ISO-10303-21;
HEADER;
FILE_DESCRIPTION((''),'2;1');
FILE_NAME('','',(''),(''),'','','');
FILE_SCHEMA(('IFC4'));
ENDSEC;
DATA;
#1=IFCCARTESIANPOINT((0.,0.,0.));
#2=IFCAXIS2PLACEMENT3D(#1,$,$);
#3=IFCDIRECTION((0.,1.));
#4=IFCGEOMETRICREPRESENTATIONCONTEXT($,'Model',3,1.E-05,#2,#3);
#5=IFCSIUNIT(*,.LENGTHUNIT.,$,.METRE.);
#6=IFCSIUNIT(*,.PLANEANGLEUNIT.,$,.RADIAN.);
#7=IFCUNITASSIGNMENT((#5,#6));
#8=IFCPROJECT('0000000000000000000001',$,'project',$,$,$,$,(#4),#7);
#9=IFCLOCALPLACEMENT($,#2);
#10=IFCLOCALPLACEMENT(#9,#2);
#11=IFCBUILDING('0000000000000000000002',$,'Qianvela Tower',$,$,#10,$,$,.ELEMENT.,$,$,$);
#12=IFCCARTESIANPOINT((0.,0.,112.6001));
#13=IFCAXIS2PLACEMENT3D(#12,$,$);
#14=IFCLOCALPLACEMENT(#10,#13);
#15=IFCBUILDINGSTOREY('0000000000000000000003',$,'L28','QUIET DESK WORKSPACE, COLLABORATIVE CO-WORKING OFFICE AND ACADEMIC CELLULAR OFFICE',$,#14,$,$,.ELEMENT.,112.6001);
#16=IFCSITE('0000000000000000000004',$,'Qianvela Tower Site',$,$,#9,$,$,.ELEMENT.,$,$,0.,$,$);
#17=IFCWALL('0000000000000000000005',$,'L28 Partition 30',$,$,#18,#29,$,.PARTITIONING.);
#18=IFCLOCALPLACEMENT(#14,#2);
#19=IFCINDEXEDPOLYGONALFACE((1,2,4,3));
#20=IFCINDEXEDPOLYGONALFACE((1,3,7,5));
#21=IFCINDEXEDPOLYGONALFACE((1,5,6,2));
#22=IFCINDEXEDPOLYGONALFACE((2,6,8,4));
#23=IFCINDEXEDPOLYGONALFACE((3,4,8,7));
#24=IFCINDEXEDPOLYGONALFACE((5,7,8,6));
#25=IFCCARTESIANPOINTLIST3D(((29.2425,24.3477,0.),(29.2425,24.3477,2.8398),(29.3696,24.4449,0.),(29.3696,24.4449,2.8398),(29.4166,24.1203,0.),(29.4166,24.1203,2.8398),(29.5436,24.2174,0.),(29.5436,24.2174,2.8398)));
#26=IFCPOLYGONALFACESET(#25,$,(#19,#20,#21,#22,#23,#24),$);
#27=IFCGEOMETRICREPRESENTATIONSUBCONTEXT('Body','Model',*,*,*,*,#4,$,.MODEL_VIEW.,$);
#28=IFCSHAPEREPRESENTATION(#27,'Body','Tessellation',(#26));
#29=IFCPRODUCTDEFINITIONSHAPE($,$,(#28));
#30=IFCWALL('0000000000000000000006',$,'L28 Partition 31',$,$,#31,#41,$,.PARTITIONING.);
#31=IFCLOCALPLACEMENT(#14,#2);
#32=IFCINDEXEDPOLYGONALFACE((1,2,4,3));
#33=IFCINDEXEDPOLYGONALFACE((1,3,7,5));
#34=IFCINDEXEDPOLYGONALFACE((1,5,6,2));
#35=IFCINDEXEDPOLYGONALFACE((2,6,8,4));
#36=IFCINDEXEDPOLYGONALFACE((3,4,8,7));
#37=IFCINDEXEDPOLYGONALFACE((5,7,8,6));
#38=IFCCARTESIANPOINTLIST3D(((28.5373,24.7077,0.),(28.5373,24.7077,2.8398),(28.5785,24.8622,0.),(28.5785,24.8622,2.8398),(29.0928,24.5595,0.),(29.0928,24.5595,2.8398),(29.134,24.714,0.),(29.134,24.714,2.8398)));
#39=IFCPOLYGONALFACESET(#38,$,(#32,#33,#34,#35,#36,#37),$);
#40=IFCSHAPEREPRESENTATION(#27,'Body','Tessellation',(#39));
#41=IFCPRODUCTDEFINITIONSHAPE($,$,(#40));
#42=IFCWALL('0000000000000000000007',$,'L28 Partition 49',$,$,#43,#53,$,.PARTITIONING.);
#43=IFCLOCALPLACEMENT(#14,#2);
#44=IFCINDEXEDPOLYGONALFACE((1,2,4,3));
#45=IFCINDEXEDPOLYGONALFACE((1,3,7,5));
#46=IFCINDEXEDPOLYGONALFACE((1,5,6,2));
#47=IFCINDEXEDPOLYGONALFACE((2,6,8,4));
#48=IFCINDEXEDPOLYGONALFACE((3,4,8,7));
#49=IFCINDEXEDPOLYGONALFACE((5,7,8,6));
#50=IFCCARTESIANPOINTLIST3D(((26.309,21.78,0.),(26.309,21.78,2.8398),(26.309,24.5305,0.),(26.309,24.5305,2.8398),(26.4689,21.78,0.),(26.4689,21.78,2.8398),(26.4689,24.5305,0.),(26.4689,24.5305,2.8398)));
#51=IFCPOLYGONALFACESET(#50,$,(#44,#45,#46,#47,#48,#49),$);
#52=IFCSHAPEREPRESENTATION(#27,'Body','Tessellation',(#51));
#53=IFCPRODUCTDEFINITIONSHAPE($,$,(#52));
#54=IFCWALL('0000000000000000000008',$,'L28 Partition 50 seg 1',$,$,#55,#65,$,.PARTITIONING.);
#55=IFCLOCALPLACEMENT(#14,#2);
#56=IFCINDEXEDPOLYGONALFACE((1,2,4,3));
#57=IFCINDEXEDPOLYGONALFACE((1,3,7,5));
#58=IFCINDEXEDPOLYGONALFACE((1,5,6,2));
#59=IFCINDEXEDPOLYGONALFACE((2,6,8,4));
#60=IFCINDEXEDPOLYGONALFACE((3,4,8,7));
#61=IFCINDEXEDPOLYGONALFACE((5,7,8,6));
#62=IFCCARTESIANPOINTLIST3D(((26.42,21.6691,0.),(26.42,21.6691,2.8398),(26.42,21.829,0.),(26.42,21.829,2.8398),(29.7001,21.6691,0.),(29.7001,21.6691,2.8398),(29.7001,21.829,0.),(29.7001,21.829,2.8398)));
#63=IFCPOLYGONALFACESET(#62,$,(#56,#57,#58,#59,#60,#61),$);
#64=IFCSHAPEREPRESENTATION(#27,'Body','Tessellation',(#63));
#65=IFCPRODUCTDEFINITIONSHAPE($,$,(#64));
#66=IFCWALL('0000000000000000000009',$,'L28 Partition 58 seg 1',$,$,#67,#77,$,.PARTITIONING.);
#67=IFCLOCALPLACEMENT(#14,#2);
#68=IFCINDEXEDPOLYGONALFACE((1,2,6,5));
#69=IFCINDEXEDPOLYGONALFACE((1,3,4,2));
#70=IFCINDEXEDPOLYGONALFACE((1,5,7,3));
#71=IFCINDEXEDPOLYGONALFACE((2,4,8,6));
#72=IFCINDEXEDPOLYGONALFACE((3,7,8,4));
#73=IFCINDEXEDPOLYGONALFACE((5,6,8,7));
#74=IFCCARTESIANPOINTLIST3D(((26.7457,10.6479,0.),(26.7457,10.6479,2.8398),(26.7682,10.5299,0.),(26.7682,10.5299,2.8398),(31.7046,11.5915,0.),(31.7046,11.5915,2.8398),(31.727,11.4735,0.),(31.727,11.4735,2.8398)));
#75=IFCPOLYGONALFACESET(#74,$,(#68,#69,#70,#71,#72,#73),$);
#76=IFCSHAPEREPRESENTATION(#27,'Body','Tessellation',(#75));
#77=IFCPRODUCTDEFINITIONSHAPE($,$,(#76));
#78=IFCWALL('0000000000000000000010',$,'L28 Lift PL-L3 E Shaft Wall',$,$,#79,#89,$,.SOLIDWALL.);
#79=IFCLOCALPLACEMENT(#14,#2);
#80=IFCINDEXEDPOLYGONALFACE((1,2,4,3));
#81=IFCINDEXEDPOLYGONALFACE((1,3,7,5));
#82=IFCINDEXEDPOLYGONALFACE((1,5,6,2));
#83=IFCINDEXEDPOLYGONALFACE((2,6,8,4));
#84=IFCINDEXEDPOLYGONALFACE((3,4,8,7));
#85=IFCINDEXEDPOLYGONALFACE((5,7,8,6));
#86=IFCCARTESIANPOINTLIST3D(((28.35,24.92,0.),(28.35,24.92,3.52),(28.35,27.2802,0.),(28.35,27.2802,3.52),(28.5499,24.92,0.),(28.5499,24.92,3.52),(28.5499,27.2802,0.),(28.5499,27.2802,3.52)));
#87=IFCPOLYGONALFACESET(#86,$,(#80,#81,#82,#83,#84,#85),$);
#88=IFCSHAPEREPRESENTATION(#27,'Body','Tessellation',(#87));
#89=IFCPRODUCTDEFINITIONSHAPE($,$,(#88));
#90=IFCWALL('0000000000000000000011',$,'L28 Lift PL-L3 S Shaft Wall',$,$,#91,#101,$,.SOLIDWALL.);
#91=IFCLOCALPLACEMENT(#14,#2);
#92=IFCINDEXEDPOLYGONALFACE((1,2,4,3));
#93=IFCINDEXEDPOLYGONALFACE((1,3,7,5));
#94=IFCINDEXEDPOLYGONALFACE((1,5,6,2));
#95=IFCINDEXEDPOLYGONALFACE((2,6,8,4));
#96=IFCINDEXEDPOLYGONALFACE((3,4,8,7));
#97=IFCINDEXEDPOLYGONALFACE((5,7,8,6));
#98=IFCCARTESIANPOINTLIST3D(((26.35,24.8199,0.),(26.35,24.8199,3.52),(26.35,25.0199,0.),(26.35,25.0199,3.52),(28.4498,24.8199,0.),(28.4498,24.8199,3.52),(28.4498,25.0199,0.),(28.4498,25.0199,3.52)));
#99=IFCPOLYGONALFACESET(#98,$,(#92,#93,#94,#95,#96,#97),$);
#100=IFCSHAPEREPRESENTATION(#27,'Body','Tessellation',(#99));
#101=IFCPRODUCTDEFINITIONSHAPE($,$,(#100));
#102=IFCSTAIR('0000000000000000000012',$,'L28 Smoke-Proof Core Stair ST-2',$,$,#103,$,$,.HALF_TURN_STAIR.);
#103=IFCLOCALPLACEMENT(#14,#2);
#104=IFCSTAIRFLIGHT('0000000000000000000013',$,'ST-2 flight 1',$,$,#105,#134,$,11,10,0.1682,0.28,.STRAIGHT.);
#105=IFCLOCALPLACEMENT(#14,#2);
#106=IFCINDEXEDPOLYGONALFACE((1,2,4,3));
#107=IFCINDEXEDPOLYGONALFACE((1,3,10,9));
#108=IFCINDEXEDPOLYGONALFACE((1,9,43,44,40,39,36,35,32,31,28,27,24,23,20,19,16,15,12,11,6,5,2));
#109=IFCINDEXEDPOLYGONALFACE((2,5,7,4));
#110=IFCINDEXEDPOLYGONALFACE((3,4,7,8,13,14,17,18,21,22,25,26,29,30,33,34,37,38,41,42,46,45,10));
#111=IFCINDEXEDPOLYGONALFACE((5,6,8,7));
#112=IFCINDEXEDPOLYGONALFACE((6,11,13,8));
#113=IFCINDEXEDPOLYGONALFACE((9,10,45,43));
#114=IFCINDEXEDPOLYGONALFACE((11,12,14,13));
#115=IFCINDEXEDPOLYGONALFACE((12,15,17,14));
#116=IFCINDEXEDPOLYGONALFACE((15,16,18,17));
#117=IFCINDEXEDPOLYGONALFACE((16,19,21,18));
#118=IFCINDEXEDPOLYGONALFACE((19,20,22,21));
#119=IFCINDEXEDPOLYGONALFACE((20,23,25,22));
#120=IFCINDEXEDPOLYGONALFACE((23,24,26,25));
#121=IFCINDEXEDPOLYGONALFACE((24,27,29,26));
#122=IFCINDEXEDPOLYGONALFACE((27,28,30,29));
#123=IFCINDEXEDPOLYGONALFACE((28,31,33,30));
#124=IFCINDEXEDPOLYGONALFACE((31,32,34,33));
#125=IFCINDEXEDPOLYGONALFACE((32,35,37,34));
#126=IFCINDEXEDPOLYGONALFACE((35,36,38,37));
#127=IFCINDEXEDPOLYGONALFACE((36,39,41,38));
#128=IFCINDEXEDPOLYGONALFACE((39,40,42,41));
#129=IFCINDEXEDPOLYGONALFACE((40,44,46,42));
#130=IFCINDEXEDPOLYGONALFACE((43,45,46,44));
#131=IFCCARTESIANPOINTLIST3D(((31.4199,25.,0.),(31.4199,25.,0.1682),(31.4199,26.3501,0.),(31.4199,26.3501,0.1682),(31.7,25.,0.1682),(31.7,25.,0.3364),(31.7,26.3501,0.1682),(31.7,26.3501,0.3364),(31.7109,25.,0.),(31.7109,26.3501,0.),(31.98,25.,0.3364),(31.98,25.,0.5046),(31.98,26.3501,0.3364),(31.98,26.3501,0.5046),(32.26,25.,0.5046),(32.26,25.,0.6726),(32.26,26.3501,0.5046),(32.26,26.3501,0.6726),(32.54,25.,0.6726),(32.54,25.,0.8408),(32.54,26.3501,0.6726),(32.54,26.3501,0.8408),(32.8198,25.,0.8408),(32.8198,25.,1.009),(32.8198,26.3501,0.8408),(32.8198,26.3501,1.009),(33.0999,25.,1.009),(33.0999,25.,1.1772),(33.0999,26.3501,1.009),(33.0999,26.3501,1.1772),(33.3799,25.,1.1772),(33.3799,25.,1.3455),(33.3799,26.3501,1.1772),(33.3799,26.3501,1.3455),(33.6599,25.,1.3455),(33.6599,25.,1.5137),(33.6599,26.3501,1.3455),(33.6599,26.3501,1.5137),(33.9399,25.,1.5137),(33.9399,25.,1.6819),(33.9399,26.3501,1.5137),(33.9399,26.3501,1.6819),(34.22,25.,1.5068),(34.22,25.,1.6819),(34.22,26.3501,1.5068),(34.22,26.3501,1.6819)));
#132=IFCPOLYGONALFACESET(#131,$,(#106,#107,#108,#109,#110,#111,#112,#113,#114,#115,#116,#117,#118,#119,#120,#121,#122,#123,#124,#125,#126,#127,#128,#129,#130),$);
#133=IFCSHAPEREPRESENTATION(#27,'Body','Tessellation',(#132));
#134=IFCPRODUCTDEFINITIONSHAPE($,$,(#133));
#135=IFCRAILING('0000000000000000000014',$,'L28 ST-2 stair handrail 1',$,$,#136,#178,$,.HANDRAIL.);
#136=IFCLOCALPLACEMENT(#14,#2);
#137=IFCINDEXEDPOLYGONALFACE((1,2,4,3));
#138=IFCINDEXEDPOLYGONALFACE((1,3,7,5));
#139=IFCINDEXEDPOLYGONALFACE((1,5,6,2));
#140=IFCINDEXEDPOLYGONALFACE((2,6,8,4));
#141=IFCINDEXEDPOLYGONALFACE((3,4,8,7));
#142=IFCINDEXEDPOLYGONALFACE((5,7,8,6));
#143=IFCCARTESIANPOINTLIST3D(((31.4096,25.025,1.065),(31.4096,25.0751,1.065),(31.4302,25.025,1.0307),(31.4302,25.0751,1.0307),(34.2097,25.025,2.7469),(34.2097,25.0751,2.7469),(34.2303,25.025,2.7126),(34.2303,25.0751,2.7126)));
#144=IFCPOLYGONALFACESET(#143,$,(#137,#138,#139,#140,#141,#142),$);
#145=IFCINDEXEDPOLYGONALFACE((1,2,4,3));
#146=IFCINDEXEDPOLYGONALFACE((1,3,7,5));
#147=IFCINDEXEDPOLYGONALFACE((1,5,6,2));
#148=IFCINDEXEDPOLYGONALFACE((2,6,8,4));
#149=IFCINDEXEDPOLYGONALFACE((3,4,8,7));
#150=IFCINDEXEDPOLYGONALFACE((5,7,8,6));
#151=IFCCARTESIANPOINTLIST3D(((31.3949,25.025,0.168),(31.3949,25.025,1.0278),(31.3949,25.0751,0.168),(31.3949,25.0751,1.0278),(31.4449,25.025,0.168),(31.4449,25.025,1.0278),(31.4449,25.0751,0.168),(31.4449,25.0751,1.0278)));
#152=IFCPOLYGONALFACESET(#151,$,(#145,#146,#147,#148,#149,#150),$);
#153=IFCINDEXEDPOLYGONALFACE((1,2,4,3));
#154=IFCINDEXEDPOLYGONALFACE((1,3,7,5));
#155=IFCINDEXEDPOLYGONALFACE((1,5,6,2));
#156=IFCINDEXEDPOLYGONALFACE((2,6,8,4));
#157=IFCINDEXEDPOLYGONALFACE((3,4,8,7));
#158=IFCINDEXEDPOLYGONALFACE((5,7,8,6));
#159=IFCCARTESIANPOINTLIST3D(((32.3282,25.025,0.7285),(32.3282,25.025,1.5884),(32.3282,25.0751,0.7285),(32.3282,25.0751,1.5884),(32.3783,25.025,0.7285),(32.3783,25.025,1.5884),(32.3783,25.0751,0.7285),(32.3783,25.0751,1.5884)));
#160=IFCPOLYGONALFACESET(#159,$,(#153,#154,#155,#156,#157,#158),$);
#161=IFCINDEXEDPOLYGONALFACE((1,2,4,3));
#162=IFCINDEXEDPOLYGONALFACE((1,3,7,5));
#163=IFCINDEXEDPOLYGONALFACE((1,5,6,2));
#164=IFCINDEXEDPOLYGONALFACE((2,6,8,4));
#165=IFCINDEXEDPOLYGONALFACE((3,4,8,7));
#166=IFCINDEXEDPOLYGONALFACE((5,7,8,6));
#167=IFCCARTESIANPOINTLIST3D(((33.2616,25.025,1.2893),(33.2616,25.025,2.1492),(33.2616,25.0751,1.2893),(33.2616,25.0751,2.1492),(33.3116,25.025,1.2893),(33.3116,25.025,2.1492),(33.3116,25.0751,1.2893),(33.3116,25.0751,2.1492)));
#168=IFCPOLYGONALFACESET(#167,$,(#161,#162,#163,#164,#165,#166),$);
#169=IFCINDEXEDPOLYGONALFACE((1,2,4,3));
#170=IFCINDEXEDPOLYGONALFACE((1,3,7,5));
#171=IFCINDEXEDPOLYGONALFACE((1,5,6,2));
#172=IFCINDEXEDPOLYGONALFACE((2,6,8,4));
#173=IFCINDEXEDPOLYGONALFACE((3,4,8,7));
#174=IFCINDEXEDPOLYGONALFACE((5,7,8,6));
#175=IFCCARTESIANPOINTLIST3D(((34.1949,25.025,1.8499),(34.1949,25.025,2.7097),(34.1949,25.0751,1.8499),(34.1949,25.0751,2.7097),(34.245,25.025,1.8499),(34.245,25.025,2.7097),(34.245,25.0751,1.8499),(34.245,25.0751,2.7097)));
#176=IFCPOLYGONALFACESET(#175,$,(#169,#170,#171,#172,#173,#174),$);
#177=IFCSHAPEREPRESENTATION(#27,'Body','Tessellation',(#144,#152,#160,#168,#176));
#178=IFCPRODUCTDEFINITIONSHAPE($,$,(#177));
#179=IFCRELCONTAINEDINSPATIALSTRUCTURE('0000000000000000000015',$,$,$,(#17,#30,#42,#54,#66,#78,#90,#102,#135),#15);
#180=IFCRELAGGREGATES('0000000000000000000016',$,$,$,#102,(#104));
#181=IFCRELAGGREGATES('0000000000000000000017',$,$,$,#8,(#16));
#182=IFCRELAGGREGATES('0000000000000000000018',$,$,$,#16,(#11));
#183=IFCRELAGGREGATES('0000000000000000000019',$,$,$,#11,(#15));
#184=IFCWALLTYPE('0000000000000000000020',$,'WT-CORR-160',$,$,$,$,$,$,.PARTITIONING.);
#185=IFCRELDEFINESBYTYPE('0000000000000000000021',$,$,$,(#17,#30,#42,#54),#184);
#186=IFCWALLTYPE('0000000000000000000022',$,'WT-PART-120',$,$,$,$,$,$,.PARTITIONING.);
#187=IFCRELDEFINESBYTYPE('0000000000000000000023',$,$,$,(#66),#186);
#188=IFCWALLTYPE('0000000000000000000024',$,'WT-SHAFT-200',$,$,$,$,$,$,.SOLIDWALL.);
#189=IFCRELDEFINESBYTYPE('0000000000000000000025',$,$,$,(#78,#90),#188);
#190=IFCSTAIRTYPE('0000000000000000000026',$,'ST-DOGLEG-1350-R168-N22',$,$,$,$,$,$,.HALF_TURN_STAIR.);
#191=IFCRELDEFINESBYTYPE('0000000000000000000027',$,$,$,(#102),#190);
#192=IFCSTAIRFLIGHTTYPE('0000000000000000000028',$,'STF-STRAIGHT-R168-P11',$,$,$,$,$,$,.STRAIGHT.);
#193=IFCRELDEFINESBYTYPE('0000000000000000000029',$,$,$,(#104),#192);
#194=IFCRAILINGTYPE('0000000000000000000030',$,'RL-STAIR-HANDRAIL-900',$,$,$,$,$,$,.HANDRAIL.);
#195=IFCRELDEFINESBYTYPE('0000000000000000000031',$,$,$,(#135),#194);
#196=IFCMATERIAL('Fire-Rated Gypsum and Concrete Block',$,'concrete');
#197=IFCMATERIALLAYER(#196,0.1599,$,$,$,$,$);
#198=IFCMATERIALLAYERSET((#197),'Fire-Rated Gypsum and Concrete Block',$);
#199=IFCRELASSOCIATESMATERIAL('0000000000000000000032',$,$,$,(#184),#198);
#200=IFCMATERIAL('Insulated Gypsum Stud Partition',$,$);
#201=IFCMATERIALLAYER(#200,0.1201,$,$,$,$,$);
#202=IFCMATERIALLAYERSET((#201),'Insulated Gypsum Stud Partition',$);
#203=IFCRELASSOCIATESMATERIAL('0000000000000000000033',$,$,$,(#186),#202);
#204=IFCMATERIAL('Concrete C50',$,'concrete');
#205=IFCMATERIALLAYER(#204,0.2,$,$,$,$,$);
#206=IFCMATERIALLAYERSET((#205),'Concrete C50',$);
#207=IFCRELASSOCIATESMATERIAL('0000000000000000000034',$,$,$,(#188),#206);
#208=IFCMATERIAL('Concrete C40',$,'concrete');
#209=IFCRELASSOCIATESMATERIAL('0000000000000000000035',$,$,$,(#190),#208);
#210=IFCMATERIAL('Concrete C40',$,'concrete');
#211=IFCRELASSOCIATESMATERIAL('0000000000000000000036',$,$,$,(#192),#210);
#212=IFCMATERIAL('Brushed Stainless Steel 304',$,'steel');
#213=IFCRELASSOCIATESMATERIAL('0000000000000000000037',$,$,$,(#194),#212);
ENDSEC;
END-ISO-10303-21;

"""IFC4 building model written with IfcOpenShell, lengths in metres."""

from ifc_helpers import new_model, si_unit, direction, frame, frame_2d, origin, origin_2d, place, context, subcontext, project, spatial, polyline, rectangle, outline, extrude, material, layer, layer_set, type_object, element, aggregate, save


model = new_model("IFC4")

# Units and contexts
model_context = context("Model", 3, precision=1e-05, world=origin(), true_north=direction((0.0, 1.0)))
body_context = subcontext(model_context, "Body", "Model", "MODEL_VIEW")
ifc_project = project(units=[si_unit("LENGTHUNIT", "METRE"), si_unit("PLANEANGLEUNIT", "RADIAN")], contexts=[model_context])

# Site, building, storey
site_placement = place(None, origin())
site = spatial("IfcSite", under=ifc_project, at=site_placement, Name="Qianvela Tower Site", CompositionType="ELEMENT", RefElevation=0.0)
building_placement = place(site_placement, origin())
building = spatial("IfcBuilding", under=site, at=building_placement, Name="Qianvela Tower", CompositionType="ELEMENT")
storey_placement = place(building_placement, frame((0.0, 0.0, 112.6001)))
storey = spatial("IfcBuildingStorey", under=building, at=storey_placement, Name="L28", Description="QUIET DESK WORKSPACE, COLLABORATIVE CO-WORKING OFFICE AND ACADEMIC CELLULAR OFFICE", CompositionType="ELEMENT", Elevation=112.6001)

# Walls
ifc_material_1 = material(Name="Fire-Rated Gypsum and Concrete Block", Category="concrete")
ifc_layer_1 = layer(ifc_material_1, 0.1599)
ifc_layer_set_1 = layer_set([ifc_layer_1], Name="Fire-Rated Gypsum and Concrete Block")
wall_type_1 = type_object("IfcWallType", Name="WT-CORR-160", PredefinedType="PARTITIONING", material=ifc_layer_set_1)
wall_1_placement = place(storey_placement, frame((29.48, 24.1689, 0.0), z_axis=(0.0, 0.0, 1.0), x_axis=(-0.607608, 0.794237, 0.0)))
element("IfcWall", 1, at=wall_1_placement, inside=storey, type_object=wall_type_1, Name="L28 Partition 30", PredefinedType="PARTITIONING", context=body_context, shape_type="SweptSolid", body=[
    extrude(rectangle(XDim=0.2864, YDim=0.1599, at=frame_2d((0.1431, 0.0))), origin(), (0.0, 0.0, 1.0), 2.8398),
])
wall_2_placement = place(storey_placement, frame((29.1135, 24.6367, 0.0), z_axis=(0.0, 0.0, 1.0), x_axis=(-0.9662, 0.257795, 0.0)))
element("IfcWall", 2, at=wall_2_placement, inside=storey, type_object=wall_type_1, Name="L28 Partition 31", PredefinedType="PARTITIONING", context=body_context, shape_type="SweptSolid", body=[
    extrude(rectangle(XDim=0.575, YDim=0.1599, at=frame_2d((0.2876, 0.0))), origin(), (0.0, 0.0, 1.0), 2.8398),
])
wall_3_placement = place(storey_placement, frame((26.3889, 24.5305, 0.0), z_axis=(0.0, 0.0, 1.0), x_axis=(0.0, -1.0, 0.0)))
element("IfcWall", 3, at=wall_3_placement, inside=storey, type_object=wall_type_1, Name="L28 Partition 49", PredefinedType="PARTITIONING", context=body_context, shape_type="SweptSolid", body=[
    extrude(rectangle(XDim=2.7505, YDim=0.1599, at=frame_2d((1.3752, 0.0))), origin(), (0.0, 0.0, 1.0), 2.8398),
])
wall_4_placement = place(storey_placement, frame((26.4199, 21.749, 0.0), z_axis=(0.0, 0.0, 1.0), x_axis=(1.0, 0.0, 0.0)))
element("IfcWall", 4, at=wall_4_placement, inside=storey, type_object=wall_type_1, Name="L28 Partition 50 seg 1", PredefinedType="PARTITIONING", context=body_context, shape_type="SweptSolid", body=[
    extrude(rectangle(XDim=3.28, YDim=0.1599, at=frame_2d((1.6401, 0.0))), origin(), (0.0, 0.0, 1.0), 2.8398),
])
ifc_material_2 = material(Name="Insulated Gypsum Stud Partition")
ifc_layer_2 = layer(ifc_material_2, 0.1201)
ifc_layer_set_2 = layer_set([ifc_layer_2], Name="Insulated Gypsum Stud Partition")
wall_type_2 = type_object("IfcWallType", Name="WT-PART-120", PredefinedType="PARTITIONING", material=ifc_layer_set_2)
wall_5_placement = place(storey_placement, frame((31.7158, 11.5325, 0.0), z_axis=(0.0, 0.0, 1.0), x_axis=(-0.982374, -0.186928, 0.0)))
element("IfcWall", 5, at=wall_5_placement, inside=storey, type_object=wall_type_2, Name="L28 Partition 58 seg 1", PredefinedType="PARTITIONING", context=body_context, shape_type="SweptSolid", body=[
    extrude(rectangle(XDim=5.0479, YDim=0.1201, at=frame_2d((2.5239, 0.0))), origin(), (0.0, 0.0, 1.0), 2.8398),
])
ifc_material_3 = material(Name="Concrete C50", Category="concrete")
ifc_layer_3 = layer(ifc_material_3, 0.2)
ifc_layer_set_3 = layer_set([ifc_layer_3], Name="Concrete C50")
wall_type_3 = type_object("IfcWallType", Name="WT-SHAFT-200", PredefinedType="SOLIDWALL", material=ifc_layer_set_3)
wall_6_placement = place(storey_placement, frame((28.45, 24.9199, 0.0), z_axis=(0.0, 0.0, 1.0), x_axis=(0.0, 1.0, 0.0)))
element("IfcWall", 6, at=wall_6_placement, inside=storey, type_object=wall_type_3, Name="L28 Lift PL-L3 E Shaft Wall", PredefinedType="SOLIDWALL", context=body_context, shape_type="SweptSolid", body=[
    extrude(rectangle(XDim=2.3601, YDim=0.2, at=frame_2d((1.1802, 0.0))), origin(), (0.0, 0.0, 1.0), 3.52),
])

# Wall
wall_7_placement = place(storey_placement, frame((26.3501, 24.9199, 0.0), z_axis=(0.0, 0.0, 1.0), x_axis=(1.0, 0.0, 0.0)))
element("IfcWall", 7, at=wall_7_placement, inside=storey, type_object=wall_type_3, Name="L28 Lift PL-L3 S Shaft Wall", PredefinedType="SOLIDWALL", context=body_context, shape_type="SweptSolid", body=[
    extrude(rectangle(XDim=2.0999, YDim=0.2, at=frame_2d((1.0498, 0.0))), origin(), (0.0, 0.0, 1.0), 3.52),
])

# Stair, stair flight
ifc_material_4 = material(Name="Concrete C40", Category="concrete")
stair_type = type_object("IfcStairType", Name="ST-DOGLEG-1350-R168-N22", PredefinedType="HALF_TURN_STAIR", material=ifc_material_4)
stair_placement = place(storey_placement, origin())
stair = element("IfcStair", 8, at=stair_placement, inside=storey, type_object=stair_type, Name="L28 Smoke-Proof Core Stair ST-2", PredefinedType="HALF_TURN_STAIR")
ifc_material_5 = material(Name="Concrete C40", Category="concrete")
stair_flight_type = type_object("IfcStairFlightType", Name="STF-STRAIGHT-R168-P11", PredefinedType="STRAIGHT", material=ifc_material_5)
stair_flight_placement = place(storey_placement, frame((31.4199, 25.675, 0.0), z_axis=(0.0, 0.0, 1.0), x_axis=(1.0, 0.0, 0.0)))
stair_flight = element("IfcStairFlight", 9, at=stair_flight_placement, type_object=stair_flight_type, Name="ST-2 flight 1", NumberOfRisers=11, NumberOfTreads=10, PredefinedType="STRAIGHT", RiserHeight=0.1682, TreadLength=0.28, context=body_context, shape_type="SweptSolid", body=[
    extrude(outline(polyline([(0.0, 0.0), (0.0, 0.1682), (0.28, 0.1682), (0.28, 0.3364), (0.5601, 0.3364), (0.5601, 0.5046), (0.8401, 0.5046), (0.8401, 0.6726), (1.1201, 0.6726), (1.1201, 0.8408), (1.3999, 0.8408), (1.3999, 1.009), (1.6799, 1.009), (1.6799, 1.1772), (1.96, 1.1772), (1.96, 1.3455), (2.24, 1.3455), (2.24, 1.5137), (2.52, 1.5137), (2.52, 1.6819), (2.8, 1.6819), (2.8, 1.8501), (2.8, 1.5068), (0.291, 0.0), (0.0, 0.0)])), frame((0.0, 0.675, 0.0), z_axis=(0.0, -1.0, 0.0), x_axis=(1.0, 0.0, 0.0)), (0.0, 0.0, 1.0), 1.3501),
])
aggregate(stair, [stair_flight])

# Railing
ifc_material_6 = material(Name="Brushed Stainless Steel 304", Category="steel")
railing_type = type_object("IfcRailingType", Name="RL-STAIR-HANDRAIL-900", PredefinedType="HANDRAIL", material=ifc_material_6)
railing_placement = place(storey_placement, frame((31.4199, 25.05, 0.168)))
element("IfcRailing", 10, at=railing_placement, inside=storey, type_object=railing_type, Name="L28 ST-2 stair handrail 1", PredefinedType="HANDRAIL", context=body_context, shape_type="SweptSolid", body=[
    extrude(rectangle(XDim=0.05, YDim=0.04, at=origin_2d()), frame((0.0, 0.0, 0.8799), z_axis=(0.857242, 0.0, 0.514913), x_axis=(0.0, 1.0, 0.0)), (0.0, 0.0, 1.0), 3.2664),
    extrude(rectangle(XDim=0.05, YDim=0.05, at=origin_2d()), origin(), (0.0, 0.0, 1.0), 0.8599),
    extrude(rectangle(XDim=0.05, YDim=0.05, at=origin_2d()), frame((0.9333, 0.0, 0.5605)), (0.0, 0.0, 1.0), 0.8599),
    extrude(rectangle(XDim=0.05, YDim=0.05, at=origin_2d()), frame((1.8667, 0.0, 1.1213)), (0.0, 0.0, 1.0), 0.8599),
    extrude(rectangle(XDim=0.05, YDim=0.05, at=origin_2d()), frame((2.8, 0.0, 1.6819)), (0.0, 0.0, 1.0), 0.8599),
])

save(model, "model.ifc")
